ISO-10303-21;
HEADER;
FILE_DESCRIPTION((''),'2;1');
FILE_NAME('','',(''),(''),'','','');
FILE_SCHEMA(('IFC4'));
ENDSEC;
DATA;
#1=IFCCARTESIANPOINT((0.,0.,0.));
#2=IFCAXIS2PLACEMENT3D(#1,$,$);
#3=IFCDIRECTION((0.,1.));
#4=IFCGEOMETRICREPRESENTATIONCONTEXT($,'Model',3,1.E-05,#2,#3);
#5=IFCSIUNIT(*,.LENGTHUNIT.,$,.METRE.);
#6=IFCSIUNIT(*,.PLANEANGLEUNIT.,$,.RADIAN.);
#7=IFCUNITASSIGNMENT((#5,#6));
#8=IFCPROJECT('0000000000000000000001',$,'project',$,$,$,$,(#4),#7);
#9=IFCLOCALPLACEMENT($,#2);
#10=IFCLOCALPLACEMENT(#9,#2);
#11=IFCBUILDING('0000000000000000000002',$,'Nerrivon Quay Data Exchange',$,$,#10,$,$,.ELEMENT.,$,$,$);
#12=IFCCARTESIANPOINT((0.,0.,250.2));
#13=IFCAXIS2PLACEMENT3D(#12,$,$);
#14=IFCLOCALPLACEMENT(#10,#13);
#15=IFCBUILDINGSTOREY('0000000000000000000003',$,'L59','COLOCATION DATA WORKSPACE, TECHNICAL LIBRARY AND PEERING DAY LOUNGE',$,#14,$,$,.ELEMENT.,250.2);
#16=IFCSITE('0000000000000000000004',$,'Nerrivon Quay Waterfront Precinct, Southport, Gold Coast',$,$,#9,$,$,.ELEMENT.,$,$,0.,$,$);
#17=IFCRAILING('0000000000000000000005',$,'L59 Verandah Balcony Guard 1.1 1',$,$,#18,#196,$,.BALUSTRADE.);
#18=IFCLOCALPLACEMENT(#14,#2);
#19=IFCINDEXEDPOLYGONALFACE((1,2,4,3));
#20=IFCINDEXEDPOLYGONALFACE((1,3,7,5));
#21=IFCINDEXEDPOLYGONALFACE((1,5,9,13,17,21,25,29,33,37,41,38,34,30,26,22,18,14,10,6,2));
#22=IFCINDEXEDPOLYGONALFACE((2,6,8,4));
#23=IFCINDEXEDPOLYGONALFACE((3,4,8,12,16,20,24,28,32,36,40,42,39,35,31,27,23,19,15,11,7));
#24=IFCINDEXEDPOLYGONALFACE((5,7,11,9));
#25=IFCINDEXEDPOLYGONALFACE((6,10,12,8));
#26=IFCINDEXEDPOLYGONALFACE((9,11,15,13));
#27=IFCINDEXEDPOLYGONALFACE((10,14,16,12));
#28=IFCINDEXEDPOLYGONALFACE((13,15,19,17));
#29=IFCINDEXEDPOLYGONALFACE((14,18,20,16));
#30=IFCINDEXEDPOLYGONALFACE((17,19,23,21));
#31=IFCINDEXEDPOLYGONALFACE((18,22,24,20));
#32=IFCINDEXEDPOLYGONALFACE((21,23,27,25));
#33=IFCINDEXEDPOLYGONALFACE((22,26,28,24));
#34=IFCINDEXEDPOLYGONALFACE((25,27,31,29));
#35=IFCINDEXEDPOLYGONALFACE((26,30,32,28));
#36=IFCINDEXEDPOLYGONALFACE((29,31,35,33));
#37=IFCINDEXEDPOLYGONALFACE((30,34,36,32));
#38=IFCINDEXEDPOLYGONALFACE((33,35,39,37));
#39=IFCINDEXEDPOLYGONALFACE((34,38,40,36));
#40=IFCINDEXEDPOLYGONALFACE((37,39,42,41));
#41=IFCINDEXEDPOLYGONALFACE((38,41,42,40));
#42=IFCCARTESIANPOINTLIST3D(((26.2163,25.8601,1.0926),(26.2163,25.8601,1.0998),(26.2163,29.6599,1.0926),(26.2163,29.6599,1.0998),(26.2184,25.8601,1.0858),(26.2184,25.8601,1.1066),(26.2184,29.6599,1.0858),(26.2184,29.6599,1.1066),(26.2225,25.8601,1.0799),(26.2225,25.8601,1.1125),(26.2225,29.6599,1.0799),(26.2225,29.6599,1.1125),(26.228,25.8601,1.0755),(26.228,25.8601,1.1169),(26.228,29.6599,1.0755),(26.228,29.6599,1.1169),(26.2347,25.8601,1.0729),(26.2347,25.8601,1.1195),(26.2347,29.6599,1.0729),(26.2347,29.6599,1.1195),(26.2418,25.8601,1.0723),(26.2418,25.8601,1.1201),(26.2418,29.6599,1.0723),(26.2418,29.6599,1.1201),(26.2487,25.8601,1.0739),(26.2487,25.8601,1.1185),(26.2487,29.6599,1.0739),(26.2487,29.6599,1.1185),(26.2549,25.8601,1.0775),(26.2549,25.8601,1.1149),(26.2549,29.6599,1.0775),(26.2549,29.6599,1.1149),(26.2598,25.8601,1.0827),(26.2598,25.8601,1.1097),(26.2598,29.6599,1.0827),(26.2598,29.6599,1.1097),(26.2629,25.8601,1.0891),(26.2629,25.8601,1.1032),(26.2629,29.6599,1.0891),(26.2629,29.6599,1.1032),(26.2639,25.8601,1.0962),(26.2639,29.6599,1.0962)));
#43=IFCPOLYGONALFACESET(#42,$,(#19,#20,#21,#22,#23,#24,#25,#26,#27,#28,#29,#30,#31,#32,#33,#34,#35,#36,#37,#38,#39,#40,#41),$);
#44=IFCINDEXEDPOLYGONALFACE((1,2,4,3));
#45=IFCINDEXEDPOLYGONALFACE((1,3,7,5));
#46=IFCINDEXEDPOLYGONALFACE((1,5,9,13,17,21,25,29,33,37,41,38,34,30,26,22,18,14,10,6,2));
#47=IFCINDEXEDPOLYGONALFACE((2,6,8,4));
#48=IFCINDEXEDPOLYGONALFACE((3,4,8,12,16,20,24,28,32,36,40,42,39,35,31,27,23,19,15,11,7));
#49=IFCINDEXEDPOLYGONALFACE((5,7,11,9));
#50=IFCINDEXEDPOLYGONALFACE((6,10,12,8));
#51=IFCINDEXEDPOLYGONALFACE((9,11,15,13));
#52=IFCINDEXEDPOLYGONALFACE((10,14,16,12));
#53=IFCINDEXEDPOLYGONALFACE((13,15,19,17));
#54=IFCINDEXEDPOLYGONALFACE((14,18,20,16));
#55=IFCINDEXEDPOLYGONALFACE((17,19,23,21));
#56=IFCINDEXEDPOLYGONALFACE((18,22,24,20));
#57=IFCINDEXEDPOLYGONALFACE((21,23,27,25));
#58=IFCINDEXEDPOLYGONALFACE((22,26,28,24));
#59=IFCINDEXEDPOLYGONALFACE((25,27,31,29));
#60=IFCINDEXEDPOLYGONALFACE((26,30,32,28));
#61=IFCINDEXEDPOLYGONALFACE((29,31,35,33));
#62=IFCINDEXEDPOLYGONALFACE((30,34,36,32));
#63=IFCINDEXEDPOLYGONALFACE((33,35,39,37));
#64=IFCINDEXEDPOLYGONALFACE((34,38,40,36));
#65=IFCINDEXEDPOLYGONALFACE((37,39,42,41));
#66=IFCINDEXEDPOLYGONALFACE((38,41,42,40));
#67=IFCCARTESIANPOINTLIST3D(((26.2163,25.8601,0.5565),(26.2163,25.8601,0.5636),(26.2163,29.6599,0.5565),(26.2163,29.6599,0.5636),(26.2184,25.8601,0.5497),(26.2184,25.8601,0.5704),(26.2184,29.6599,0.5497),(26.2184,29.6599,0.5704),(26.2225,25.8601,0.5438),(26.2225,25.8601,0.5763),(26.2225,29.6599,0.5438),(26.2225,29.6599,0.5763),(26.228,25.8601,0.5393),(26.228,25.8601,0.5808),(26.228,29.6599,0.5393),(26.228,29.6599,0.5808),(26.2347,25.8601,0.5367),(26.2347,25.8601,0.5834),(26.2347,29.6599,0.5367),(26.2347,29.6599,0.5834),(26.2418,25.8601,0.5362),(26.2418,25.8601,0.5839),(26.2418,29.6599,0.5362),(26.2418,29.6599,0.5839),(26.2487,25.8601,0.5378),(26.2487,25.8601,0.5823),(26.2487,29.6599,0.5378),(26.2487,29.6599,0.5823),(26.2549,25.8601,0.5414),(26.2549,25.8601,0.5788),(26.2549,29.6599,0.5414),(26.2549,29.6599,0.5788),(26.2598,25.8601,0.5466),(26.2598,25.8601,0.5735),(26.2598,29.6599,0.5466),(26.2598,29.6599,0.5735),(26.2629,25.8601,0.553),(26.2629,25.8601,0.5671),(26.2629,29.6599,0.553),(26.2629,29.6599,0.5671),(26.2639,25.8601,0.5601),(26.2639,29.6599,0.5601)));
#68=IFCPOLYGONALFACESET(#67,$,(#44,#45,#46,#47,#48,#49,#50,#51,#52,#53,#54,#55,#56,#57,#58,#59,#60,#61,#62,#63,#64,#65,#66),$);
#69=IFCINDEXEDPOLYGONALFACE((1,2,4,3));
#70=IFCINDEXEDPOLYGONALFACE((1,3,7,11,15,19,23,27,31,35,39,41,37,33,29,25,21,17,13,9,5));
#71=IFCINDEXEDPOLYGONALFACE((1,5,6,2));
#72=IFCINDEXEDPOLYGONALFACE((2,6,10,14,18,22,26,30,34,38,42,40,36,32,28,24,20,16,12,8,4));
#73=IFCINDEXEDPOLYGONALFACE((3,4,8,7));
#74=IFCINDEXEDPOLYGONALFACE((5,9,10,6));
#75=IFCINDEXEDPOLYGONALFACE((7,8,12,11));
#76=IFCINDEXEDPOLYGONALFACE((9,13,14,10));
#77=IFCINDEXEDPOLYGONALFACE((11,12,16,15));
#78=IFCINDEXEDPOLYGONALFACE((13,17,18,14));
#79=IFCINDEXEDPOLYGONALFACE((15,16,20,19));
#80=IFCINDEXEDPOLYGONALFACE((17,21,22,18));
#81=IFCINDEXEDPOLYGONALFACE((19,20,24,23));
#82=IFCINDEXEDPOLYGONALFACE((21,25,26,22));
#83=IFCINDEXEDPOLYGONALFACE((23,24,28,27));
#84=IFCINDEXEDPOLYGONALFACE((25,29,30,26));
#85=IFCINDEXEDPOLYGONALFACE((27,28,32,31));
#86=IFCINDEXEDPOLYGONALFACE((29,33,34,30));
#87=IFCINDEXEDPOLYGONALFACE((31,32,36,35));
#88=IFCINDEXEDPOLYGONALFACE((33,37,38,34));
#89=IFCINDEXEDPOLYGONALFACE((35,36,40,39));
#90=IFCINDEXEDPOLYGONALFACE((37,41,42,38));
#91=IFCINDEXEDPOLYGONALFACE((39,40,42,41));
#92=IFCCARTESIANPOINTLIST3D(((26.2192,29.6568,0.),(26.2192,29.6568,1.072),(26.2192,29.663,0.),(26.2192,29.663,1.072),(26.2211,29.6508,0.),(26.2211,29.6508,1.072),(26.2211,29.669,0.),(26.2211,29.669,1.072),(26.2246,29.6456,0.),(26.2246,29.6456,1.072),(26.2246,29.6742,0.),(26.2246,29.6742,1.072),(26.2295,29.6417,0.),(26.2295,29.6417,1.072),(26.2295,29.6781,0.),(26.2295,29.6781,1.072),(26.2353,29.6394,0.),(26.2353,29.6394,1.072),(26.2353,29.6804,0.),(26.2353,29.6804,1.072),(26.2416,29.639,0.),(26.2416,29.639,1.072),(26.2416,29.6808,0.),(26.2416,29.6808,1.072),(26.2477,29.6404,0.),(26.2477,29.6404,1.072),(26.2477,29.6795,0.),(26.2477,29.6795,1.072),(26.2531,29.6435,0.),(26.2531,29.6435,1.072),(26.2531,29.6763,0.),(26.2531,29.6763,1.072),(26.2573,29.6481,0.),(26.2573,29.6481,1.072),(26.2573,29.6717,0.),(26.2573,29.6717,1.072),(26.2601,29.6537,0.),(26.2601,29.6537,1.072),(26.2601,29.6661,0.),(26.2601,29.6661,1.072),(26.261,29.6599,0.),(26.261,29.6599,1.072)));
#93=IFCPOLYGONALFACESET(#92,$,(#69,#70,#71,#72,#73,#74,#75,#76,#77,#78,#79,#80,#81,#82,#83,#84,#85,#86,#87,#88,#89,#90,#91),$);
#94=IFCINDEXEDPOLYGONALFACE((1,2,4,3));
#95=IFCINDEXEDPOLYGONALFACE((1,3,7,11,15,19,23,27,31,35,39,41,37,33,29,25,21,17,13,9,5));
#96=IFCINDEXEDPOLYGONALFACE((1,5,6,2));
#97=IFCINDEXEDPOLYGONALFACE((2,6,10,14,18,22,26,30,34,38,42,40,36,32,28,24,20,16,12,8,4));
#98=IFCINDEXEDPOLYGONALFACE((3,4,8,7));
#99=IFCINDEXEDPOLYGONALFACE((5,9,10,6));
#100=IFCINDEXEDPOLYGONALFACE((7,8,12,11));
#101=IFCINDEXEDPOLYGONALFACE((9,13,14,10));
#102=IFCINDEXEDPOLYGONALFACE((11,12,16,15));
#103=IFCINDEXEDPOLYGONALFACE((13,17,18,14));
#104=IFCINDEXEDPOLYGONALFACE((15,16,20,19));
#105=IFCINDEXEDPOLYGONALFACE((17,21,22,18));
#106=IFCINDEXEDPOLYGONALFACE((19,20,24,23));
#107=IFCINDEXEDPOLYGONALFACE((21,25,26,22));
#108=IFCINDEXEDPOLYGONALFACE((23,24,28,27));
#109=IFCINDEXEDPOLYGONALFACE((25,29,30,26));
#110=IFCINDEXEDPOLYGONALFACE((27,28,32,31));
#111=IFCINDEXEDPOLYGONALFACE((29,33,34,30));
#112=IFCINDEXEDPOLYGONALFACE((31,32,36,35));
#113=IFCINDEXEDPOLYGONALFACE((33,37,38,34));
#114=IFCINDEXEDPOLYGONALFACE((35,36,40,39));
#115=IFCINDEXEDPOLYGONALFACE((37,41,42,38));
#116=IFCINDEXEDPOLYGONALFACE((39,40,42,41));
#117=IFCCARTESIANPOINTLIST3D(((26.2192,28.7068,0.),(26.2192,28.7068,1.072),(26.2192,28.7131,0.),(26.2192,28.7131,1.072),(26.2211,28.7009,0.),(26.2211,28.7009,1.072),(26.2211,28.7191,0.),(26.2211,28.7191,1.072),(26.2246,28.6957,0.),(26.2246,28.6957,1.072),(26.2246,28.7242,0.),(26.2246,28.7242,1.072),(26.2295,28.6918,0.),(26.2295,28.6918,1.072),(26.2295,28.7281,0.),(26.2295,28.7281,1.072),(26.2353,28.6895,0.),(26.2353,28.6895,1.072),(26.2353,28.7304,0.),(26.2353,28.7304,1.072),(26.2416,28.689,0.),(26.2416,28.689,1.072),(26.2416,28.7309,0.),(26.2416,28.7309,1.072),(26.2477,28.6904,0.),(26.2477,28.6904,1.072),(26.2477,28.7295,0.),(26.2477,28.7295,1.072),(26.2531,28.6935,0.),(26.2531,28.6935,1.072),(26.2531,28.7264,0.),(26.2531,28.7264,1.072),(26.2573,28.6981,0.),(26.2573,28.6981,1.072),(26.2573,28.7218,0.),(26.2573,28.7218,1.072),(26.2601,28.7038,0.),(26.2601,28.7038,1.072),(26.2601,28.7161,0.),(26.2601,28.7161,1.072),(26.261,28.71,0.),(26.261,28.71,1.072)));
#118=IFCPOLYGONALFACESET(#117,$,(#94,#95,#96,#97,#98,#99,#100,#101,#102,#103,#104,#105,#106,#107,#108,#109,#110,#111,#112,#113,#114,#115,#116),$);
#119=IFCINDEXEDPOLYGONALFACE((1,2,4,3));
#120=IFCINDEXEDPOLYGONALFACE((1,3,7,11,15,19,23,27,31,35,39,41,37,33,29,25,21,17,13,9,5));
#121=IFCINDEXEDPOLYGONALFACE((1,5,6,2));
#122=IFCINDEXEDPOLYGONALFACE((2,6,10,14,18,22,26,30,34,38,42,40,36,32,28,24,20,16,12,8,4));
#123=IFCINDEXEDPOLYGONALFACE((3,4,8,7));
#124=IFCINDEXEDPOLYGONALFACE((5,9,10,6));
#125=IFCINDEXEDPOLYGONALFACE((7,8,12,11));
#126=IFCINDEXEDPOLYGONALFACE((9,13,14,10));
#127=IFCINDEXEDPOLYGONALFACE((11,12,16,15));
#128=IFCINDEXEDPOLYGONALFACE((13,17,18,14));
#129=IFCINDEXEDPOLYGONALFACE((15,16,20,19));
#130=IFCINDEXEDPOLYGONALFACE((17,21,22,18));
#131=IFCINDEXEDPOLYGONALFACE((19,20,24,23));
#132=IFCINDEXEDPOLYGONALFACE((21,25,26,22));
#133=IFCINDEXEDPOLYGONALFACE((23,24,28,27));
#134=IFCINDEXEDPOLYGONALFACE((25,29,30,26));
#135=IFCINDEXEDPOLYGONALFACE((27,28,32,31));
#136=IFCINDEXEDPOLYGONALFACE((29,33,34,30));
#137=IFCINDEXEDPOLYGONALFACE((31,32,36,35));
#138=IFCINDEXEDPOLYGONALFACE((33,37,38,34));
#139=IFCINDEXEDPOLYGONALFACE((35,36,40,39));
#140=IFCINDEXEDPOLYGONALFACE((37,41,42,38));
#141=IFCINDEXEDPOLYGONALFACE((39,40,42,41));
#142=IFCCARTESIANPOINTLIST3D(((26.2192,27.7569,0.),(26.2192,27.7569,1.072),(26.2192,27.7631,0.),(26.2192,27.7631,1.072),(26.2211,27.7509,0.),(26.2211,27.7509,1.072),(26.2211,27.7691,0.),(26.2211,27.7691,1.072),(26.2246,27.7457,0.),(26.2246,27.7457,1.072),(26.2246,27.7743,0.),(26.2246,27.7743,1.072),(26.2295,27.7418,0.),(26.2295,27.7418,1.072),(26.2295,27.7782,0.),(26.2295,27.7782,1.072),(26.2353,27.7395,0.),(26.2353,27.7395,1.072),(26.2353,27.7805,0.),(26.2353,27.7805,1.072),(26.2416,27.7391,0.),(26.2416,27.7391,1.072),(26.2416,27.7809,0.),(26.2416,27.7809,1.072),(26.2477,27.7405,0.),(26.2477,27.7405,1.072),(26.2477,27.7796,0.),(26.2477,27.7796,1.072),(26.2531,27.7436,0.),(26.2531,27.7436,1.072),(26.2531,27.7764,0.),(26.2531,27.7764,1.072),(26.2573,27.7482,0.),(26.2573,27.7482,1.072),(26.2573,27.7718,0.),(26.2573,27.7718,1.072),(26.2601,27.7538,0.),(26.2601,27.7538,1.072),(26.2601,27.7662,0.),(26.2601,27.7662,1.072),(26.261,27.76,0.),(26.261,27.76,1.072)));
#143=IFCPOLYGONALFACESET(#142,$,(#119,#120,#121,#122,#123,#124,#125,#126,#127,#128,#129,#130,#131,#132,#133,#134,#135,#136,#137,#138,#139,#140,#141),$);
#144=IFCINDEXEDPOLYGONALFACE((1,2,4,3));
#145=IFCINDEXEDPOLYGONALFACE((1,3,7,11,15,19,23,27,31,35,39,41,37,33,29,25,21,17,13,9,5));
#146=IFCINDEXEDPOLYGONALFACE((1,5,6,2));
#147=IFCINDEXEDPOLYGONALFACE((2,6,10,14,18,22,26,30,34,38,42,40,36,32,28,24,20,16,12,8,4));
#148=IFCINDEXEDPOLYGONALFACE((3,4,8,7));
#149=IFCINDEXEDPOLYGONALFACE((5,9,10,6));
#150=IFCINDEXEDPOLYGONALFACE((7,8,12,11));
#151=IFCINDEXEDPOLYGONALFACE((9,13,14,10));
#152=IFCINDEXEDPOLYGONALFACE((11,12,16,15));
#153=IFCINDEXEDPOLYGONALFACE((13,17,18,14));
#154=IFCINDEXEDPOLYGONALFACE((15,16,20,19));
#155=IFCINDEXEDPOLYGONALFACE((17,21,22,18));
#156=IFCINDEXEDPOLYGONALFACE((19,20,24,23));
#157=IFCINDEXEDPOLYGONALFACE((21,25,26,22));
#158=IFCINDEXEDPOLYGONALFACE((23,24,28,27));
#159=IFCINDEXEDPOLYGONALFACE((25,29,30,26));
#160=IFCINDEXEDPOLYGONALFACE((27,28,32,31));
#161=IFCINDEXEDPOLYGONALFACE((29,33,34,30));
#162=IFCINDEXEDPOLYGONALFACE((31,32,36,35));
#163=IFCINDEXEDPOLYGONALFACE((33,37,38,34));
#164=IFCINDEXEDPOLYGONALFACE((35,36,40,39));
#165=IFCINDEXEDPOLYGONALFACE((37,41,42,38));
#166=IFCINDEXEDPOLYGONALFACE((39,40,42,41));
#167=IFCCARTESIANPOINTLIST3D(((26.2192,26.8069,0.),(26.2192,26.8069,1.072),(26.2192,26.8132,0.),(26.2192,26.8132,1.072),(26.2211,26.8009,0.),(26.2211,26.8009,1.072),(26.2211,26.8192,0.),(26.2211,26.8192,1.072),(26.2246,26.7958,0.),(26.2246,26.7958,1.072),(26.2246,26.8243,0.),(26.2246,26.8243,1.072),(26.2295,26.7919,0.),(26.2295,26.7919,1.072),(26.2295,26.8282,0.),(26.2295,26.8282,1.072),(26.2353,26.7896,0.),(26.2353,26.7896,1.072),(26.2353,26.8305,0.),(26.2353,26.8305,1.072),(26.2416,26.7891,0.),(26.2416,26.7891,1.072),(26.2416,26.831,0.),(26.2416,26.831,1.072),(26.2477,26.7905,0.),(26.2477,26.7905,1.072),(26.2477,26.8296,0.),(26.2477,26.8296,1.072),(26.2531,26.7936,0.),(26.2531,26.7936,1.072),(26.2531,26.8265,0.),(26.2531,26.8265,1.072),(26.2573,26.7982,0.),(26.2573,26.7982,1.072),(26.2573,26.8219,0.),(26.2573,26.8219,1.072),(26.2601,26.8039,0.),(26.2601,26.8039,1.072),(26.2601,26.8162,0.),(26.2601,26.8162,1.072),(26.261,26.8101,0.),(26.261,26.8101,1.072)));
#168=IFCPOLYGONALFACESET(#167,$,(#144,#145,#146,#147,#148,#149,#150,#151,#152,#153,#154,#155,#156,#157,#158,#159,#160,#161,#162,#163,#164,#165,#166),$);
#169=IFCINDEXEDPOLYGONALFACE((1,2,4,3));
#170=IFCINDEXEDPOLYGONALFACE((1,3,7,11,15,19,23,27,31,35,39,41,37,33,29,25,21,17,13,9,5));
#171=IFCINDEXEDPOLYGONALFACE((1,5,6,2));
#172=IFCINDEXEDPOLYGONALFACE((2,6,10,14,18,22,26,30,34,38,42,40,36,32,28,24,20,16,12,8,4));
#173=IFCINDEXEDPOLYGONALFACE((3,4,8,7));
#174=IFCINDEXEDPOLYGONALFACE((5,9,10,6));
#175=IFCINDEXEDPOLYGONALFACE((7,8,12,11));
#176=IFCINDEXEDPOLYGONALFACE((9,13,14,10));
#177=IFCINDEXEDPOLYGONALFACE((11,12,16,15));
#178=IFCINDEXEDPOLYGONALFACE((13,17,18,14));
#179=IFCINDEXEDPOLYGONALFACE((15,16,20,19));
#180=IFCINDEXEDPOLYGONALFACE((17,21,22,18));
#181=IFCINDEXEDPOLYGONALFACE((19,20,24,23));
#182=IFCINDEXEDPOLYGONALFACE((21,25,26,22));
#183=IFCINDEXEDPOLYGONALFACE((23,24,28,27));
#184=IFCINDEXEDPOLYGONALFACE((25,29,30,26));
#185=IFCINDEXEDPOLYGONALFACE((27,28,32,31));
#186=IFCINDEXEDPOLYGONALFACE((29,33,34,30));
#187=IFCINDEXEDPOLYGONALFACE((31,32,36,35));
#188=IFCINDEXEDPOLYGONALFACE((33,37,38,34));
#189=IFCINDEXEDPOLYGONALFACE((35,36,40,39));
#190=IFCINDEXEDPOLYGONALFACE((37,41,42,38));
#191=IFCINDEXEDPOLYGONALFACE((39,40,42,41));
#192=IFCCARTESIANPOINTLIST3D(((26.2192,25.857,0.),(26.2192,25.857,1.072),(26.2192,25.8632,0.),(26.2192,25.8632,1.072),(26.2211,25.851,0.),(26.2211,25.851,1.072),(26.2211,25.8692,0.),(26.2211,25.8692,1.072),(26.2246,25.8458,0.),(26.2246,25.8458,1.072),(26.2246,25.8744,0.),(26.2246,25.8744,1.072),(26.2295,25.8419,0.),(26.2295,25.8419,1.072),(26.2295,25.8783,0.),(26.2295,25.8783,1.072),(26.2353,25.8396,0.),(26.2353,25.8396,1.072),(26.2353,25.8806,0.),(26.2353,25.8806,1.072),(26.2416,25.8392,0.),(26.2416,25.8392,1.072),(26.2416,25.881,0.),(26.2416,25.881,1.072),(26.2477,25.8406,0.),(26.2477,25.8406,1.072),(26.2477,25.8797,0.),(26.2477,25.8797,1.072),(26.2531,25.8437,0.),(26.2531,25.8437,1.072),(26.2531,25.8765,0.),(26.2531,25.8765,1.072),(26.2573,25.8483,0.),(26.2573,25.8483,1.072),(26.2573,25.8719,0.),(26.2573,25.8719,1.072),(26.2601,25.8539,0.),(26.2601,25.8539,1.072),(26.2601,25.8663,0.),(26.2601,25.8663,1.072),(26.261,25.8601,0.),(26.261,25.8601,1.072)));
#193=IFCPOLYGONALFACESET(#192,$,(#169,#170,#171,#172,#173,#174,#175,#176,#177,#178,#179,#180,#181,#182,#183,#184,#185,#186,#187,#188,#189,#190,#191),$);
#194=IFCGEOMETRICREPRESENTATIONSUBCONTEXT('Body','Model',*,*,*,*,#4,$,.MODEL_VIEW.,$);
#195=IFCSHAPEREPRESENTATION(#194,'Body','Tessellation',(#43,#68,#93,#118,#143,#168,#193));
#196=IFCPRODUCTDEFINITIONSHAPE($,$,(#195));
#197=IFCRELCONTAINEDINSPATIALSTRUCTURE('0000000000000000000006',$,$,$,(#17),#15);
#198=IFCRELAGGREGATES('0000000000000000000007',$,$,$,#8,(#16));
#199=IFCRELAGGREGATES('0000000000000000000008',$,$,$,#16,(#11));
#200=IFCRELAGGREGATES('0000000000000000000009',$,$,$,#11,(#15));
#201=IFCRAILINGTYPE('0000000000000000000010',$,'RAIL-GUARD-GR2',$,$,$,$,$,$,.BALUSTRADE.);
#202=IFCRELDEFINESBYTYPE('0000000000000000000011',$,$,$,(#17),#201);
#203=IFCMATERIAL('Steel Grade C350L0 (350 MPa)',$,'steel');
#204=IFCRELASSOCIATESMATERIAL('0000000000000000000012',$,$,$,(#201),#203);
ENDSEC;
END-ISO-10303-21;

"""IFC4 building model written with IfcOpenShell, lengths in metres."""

from ifc_helpers import new_model, si_unit, direction, frame, origin, origin_2d, place, context, subcontext, project, spatial, circle, extrude, material, type_object, element, save


model = new_model("IFC4")

# Units and contexts
model_context = context("Model", 3, precision=1e-05, world=origin(), true_north=direction((0.0, 1.0)))
body_context = subcontext(model_context, "Body", "Model", "MODEL_VIEW")
ifc_project = project(units=[si_unit("LENGTHUNIT", "METRE"), si_unit("PLANEANGLEUNIT", "RADIAN")], contexts=[model_context])

# Site, building, storey
site_placement = place(None, origin())
site = spatial("IfcSite", under=ifc_project, at=site_placement, Name="Nerrivon Quay Waterfront Precinct, Southport, Gold Coast", CompositionType="ELEMENT", RefElevation=0.0)
building_placement = place(site_placement, origin())
building = spatial("IfcBuilding", under=site, at=building_placement, Name="Nerrivon Quay Data Exchange", CompositionType="ELEMENT")
storey_placement = place(building_placement, frame((0.0, 0.0, 250.2)))
storey = spatial("IfcBuildingStorey", under=building, at=storey_placement, Name="L59", Description="COLOCATION DATA WORKSPACE, TECHNICAL LIBRARY AND PEERING DAY LOUNGE", CompositionType="ELEMENT", Elevation=250.2)

# Shared definitions
ifc_material_1 = material(Name="Steel Grade C350L0 (350 MPa)", Category="steel")

# Railing
railing_type = type_object("IfcRailingType", Name="RAIL-GUARD-GR2", PredefinedType="BALUSTRADE", material=ifc_material_1)
railing_1_placement = place(storey_placement, frame((26.24, 29.6599, 0.0)))
element("IfcRailing", 1, at=railing_1_placement, inside=storey, type_object=railing_type, Name="L59 Verandah Balcony Guard 1.1 1", PredefinedType="BALUSTRADE", context=body_context, shape_type="SweptSolid", body=[
    extrude(circle(Radius=0.0239, at=origin_2d()), frame((0.0, 0.0, 1.0962), z_axis=(0.0, -1.0, 0.0), x_axis=(1.0, 0.0, 0.0)), (0.0, 0.0, 1.0), 3.7998),
    extrude(circle(Radius=0.0239, at=origin_2d()), frame((0.0, 0.0, 0.5601), z_axis=(0.0, -1.0, 0.0), x_axis=(1.0, 0.0, 0.0)), (0.0, 0.0, 1.0), 3.7998),
    extrude(circle(Radius=0.021, at=origin_2d()), origin(), (0.0, 0.0, 1.0), 1.072),
    extrude(circle(Radius=0.021, at=origin_2d()), frame((0.0, -0.95, 0.0)), (0.0, 0.0, 1.0), 1.072),
    extrude(circle(Radius=0.021, at=origin_2d()), frame((0.0, -1.8999, 0.0)), (0.0, 0.0, 1.0), 1.072),
    extrude(circle(Radius=0.021, at=origin_2d()), frame((0.0, -2.8499, 0.0)), (0.0, 0.0, 1.0), 1.072),
    extrude(circle(Radius=0.021, at=origin_2d()), frame((0.0, -3.7998, 0.0)), (0.0, 0.0, 1.0), 1.072),
])

save(model, "model.ifc")
